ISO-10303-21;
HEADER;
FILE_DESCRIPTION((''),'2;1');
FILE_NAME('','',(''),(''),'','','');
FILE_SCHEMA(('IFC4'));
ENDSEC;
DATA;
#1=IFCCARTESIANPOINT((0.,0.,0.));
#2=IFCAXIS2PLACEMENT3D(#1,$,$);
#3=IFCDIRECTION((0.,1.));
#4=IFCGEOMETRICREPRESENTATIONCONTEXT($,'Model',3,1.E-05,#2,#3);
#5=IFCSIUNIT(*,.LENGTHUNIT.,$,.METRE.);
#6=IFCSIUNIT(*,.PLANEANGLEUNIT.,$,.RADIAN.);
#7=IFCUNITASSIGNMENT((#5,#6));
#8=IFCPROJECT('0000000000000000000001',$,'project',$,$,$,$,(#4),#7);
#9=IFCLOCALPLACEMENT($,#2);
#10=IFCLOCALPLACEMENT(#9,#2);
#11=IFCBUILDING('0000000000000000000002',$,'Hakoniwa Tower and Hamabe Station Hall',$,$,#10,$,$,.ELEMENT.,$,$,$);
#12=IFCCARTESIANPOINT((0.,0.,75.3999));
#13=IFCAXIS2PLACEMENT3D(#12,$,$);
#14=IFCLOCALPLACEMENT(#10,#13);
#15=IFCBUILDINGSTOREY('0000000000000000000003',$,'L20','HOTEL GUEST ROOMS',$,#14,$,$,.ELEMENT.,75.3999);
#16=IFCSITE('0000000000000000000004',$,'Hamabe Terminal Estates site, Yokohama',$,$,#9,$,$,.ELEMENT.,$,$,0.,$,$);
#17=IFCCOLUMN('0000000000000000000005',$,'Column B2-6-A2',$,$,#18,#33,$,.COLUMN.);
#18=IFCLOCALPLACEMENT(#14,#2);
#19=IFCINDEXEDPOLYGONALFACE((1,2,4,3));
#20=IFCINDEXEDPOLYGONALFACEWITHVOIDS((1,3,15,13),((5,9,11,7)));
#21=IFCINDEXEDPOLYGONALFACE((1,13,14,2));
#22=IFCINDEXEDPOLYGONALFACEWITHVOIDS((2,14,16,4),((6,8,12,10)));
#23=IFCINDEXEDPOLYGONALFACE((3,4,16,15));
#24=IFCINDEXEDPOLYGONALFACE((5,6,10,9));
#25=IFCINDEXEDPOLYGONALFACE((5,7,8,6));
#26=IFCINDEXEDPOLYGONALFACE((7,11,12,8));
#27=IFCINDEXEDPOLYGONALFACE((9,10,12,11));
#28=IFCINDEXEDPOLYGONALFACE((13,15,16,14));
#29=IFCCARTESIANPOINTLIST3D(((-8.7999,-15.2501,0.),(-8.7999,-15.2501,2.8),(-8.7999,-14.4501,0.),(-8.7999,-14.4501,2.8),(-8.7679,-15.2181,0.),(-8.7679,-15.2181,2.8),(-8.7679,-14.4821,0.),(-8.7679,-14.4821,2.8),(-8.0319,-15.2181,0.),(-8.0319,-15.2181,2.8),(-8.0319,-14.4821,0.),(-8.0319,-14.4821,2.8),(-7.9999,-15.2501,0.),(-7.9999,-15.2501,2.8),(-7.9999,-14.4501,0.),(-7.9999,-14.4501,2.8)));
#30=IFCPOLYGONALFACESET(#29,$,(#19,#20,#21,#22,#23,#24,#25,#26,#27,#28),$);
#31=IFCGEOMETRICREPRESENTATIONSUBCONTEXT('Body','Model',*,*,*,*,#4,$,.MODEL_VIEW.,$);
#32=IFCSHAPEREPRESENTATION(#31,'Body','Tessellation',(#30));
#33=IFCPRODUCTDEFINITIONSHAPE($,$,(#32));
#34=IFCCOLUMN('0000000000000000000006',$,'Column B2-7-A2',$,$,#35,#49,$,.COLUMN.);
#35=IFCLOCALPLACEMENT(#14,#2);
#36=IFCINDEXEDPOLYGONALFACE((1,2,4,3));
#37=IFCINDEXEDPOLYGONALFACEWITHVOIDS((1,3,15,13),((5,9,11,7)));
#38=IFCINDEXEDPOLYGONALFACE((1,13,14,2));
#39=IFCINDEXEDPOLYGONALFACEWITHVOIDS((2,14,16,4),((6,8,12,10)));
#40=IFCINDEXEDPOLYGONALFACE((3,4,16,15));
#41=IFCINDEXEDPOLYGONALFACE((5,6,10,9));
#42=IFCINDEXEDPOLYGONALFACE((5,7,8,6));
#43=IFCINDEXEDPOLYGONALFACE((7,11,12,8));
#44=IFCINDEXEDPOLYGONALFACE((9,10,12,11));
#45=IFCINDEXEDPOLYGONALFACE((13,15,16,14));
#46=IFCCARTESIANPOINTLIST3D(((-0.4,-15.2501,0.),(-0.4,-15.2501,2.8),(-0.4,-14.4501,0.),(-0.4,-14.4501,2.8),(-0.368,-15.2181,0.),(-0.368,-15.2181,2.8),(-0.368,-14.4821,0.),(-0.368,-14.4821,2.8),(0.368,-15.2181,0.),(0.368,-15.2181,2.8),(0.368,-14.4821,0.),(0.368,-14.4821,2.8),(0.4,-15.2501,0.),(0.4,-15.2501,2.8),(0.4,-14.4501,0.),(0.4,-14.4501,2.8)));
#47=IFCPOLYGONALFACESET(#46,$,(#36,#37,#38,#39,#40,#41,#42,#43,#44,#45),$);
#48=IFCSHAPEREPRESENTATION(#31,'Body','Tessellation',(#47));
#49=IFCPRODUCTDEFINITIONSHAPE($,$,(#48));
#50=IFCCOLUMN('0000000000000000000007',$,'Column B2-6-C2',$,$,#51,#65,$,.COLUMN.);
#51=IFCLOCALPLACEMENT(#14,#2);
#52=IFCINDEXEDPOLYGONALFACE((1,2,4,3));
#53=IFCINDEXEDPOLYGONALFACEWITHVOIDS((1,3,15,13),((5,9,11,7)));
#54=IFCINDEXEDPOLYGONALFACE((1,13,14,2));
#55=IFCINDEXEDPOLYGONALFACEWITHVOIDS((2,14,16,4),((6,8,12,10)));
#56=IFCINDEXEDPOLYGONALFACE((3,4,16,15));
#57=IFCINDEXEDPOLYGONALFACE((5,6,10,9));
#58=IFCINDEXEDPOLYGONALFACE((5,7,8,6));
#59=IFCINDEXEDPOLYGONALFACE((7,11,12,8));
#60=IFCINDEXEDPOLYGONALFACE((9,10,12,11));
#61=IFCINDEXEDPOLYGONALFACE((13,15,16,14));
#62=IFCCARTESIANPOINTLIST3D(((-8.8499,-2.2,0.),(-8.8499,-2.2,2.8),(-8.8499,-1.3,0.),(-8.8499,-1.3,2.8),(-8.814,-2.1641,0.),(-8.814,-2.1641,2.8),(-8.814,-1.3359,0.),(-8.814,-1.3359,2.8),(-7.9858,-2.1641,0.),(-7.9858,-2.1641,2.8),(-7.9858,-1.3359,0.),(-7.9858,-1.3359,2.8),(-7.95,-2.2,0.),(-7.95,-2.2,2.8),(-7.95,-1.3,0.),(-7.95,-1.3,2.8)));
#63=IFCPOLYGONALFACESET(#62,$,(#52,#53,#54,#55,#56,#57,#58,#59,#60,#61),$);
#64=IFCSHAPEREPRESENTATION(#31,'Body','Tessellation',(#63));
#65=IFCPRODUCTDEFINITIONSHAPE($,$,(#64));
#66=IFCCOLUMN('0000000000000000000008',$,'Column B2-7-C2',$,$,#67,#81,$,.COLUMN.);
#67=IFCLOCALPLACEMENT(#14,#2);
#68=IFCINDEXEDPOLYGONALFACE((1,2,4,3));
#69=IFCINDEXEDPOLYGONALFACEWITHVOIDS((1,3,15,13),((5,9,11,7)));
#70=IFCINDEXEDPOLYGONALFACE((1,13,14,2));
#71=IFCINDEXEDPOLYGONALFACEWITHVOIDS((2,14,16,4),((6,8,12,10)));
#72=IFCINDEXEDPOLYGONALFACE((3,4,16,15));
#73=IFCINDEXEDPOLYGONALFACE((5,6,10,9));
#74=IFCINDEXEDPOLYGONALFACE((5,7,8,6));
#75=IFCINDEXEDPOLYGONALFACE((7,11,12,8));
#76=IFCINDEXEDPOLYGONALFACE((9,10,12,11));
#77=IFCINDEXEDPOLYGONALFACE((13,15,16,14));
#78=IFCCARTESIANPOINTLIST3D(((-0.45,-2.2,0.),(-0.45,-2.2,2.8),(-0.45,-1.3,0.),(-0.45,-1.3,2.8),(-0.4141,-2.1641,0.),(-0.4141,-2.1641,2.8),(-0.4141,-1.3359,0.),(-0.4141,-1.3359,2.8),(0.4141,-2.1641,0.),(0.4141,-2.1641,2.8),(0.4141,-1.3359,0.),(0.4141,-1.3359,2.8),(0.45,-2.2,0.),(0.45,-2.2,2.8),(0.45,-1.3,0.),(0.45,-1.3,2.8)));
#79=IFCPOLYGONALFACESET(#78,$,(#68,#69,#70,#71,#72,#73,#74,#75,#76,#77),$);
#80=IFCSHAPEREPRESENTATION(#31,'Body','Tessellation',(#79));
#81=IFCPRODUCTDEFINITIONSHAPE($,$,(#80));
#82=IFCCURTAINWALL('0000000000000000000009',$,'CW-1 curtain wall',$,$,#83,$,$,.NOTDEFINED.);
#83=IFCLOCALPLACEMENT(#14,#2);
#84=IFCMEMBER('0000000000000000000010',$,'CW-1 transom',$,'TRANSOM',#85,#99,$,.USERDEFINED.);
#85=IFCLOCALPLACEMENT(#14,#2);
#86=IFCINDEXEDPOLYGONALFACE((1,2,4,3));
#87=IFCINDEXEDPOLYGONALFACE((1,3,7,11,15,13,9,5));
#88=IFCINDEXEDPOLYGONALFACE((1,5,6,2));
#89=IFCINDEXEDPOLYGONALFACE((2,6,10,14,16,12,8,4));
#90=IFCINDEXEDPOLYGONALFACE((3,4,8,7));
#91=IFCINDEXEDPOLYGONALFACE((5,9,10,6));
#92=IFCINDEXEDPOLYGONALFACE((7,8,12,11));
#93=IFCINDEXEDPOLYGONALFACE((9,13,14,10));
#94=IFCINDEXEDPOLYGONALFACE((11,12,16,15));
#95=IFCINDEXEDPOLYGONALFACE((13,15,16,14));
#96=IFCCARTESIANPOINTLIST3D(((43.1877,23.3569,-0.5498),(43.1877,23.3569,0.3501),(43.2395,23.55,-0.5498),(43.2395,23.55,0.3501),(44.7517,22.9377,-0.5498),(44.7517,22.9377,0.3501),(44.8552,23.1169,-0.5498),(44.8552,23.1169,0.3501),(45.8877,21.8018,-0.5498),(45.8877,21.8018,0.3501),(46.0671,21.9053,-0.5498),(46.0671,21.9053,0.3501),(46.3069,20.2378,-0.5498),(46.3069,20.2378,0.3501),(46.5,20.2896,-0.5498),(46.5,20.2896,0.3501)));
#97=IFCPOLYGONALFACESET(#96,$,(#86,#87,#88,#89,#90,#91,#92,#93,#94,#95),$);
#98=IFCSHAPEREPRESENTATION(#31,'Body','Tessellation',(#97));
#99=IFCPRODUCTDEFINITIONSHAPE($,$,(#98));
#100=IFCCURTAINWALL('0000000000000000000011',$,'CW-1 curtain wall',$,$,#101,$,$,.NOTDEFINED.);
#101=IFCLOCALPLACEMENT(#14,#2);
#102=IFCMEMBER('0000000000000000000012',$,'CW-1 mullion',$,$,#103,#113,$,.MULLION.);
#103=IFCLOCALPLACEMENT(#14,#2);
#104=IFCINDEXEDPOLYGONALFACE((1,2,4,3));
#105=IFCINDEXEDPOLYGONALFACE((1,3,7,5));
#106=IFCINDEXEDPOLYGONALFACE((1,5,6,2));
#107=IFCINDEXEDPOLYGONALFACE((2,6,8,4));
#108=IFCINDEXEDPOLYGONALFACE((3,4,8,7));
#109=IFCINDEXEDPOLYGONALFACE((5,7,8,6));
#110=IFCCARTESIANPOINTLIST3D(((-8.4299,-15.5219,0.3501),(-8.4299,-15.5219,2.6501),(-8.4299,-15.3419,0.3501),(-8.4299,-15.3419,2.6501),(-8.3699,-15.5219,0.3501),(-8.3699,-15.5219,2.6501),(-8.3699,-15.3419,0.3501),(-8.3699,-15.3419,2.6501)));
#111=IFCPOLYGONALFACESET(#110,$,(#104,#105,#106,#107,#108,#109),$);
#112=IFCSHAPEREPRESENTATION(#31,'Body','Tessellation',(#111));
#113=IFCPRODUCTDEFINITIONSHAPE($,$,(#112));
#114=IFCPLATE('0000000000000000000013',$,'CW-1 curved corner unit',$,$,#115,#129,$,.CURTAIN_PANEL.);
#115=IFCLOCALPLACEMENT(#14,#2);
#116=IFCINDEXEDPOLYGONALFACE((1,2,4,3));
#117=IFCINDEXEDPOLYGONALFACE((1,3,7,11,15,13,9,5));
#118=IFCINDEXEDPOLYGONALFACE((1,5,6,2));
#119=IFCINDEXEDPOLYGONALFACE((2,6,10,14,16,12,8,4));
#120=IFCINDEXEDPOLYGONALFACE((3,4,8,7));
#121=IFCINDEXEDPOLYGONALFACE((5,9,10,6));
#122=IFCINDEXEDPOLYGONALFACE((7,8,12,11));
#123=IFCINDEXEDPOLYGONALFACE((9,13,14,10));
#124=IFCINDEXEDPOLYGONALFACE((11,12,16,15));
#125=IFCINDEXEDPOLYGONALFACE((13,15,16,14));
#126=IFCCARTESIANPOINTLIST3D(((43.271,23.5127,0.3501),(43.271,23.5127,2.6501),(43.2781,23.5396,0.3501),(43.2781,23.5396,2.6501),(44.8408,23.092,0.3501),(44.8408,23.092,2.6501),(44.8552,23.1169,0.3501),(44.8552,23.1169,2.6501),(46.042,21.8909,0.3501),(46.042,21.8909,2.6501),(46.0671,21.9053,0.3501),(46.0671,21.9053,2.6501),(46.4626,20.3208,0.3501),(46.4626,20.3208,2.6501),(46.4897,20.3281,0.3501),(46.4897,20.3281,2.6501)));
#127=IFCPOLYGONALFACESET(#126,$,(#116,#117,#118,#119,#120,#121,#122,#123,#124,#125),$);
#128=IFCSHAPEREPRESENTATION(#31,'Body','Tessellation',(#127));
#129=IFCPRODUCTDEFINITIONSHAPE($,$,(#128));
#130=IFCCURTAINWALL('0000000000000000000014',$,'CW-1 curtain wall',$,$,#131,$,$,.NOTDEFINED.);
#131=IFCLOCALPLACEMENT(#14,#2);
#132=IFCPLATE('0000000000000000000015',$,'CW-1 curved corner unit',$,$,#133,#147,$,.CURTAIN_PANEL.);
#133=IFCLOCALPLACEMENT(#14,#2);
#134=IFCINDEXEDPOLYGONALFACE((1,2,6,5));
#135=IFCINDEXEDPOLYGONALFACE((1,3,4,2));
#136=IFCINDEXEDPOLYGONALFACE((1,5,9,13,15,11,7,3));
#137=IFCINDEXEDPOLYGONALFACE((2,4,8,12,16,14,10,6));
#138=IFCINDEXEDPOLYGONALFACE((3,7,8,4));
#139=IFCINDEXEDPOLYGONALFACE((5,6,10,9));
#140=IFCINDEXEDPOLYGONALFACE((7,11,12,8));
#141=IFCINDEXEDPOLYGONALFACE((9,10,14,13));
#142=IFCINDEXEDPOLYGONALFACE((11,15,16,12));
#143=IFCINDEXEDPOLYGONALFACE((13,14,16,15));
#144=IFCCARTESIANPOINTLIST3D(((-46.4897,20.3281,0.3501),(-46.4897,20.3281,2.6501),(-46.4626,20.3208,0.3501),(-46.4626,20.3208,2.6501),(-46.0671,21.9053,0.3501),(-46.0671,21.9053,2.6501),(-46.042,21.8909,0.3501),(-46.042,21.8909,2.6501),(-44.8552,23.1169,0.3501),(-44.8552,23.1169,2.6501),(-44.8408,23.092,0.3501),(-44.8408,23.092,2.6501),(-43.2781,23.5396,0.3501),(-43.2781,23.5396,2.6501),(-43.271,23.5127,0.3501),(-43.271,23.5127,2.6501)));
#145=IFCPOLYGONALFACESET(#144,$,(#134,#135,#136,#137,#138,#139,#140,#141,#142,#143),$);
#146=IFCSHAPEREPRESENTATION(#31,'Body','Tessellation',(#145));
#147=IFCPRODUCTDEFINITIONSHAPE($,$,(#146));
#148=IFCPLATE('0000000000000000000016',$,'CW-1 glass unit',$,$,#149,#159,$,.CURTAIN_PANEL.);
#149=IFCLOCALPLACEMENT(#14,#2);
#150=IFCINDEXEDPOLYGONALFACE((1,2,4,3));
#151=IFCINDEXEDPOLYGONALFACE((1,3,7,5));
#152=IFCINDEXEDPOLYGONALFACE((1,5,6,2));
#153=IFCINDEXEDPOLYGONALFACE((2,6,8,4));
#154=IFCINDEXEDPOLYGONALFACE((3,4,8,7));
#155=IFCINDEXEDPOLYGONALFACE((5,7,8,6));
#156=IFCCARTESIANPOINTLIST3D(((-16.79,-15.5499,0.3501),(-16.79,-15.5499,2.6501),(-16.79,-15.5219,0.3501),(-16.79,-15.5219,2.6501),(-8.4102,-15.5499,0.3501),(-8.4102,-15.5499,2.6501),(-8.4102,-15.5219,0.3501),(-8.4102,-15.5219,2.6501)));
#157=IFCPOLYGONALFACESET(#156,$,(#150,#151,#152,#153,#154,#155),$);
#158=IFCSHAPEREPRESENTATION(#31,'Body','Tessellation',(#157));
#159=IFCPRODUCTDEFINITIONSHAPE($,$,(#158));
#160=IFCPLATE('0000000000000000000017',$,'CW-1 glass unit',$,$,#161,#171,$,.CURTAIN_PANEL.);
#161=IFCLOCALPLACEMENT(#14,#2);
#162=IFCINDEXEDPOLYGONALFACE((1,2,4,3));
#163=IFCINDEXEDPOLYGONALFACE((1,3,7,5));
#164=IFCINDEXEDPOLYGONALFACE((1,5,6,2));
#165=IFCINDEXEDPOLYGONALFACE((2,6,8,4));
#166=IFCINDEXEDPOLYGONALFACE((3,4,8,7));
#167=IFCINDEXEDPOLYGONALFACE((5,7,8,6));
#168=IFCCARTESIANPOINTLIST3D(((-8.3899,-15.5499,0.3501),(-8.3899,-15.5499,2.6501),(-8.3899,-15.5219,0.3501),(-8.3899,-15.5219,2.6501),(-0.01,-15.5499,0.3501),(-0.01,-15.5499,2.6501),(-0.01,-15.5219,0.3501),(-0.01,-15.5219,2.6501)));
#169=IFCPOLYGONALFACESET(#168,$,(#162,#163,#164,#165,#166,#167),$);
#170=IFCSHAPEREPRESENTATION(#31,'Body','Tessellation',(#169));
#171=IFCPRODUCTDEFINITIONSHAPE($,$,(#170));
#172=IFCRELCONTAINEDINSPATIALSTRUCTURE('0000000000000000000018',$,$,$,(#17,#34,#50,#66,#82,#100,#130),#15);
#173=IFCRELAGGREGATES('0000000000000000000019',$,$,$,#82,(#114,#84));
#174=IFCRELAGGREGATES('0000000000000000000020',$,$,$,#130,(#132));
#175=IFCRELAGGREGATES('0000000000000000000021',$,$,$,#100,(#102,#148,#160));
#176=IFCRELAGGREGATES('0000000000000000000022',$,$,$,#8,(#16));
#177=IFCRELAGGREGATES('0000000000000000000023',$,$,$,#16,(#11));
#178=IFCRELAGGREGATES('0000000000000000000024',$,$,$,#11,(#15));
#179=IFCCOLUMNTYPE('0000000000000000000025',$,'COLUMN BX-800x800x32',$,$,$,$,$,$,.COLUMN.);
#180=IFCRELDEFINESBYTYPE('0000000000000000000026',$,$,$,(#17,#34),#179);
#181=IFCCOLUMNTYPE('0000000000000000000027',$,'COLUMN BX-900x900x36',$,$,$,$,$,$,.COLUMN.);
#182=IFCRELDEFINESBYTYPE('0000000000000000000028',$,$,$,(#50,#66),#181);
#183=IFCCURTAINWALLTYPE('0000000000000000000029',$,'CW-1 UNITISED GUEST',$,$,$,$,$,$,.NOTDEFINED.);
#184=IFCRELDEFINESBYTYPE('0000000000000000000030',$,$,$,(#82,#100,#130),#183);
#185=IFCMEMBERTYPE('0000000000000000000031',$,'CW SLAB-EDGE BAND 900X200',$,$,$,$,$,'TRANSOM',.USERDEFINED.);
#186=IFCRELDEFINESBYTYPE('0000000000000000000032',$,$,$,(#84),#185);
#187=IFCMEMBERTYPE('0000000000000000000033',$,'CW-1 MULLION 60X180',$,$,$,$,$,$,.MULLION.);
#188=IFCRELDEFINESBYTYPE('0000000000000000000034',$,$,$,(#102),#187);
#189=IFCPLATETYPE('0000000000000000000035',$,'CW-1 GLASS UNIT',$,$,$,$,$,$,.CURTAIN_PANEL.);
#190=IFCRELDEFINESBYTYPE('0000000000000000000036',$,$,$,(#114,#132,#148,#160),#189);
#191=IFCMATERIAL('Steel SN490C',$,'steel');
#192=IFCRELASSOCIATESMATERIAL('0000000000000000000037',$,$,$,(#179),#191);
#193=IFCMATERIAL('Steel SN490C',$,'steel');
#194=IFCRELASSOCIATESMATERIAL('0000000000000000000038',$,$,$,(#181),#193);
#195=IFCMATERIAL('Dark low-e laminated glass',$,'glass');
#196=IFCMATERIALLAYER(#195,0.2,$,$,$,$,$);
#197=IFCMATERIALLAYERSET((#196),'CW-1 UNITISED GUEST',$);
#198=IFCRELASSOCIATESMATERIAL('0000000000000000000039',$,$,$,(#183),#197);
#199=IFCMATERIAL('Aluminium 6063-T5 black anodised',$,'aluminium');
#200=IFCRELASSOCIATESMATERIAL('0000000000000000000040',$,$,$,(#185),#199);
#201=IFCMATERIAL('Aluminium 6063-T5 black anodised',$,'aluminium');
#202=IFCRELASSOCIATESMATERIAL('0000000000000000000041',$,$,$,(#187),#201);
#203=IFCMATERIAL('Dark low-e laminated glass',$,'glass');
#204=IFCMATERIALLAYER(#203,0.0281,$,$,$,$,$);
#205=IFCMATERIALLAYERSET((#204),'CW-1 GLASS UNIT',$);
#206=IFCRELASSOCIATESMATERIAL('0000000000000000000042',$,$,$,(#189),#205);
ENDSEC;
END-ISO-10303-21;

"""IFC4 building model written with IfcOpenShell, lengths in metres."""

from ifc_helpers import new_model, si_unit, direction, frame, origin, origin_2d, place, context, subcontext, project, spatial, polyline, rectangle, hollow_rectangle, outline, extrude, material, layer, layer_set, material_profile, profile_set, type_object, element, aggregate, save


model = new_model("IFC4")

# Units and contexts
model_context = context("Model", 3, precision=1e-05, world=origin(), true_north=direction((0.0, 1.0)))
body_context = subcontext(model_context, "Body", "Model", "MODEL_VIEW")
ifc_project = project(units=[si_unit("LENGTHUNIT", "METRE"), si_unit("PLANEANGLEUNIT", "RADIAN")], contexts=[model_context])

# Site, building, storey
site_placement = place(None, origin())
site = spatial("IfcSite", under=ifc_project, at=site_placement, Name="Hamabe Terminal Estates site, Yokohama", CompositionType="ELEMENT", RefElevation=0.0)
building_placement = place(site_placement, origin())
building = spatial("IfcBuilding", under=site, at=building_placement, Name="Hakoniwa Tower and Hamabe Station Hall", CompositionType="ELEMENT")
storey_placement = place(building_placement, frame((0.0, 0.0, 75.3999)))
storey = spatial("IfcBuildingStorey", under=building, at=storey_placement, Name="L20", Description="HOTEL GUEST ROOMS", CompositionType="ELEMENT", Elevation=75.3999)

# Columns
ifc_material_1 = material(Name="Steel SN490C", Category="steel")
ifc_material_profile_1 = material_profile(ifc_material_1, hollow_rectangle(XDim=0.8, YDim=0.8, WallThickness=0.032, at=origin_2d()), Name="BX-800x800x32")
ifc_profile_set_1 = profile_set([ifc_material_profile_1], Name="Steel SN490C")
column_type_1 = type_object("IfcColumnType", Name="COLUMN BX-800x800x32", PredefinedType="COLUMN", material=ifc_profile_set_1)
for number, where, z_axis, x_axis, name in (
    (1, (-8.3999, -14.8501, 0.0), (0.0, 0.0, 1.0), (1.0, 0.0, 0.0), "Column B2-6-A2"),
    (2, (0.0, -14.8501, 0.0), (0.0, 0.0, 1.0), (1.0, 0.0, 0.0), "Column B2-7-A2"),
):
    element("IfcColumn", number, at=place(storey_placement, frame(where, z_axis=z_axis, x_axis=x_axis)), inside=storey, type_object=column_type_1, Name=name, PredefinedType="COLUMN", context=body_context, shape_type="SweptSolid", body=[
        extrude(hollow_rectangle(XDim=0.8, YDim=0.8, WallThickness=0.032, at=origin_2d()), origin(), (0.0, 0.0, 1.0), 2.8),
    ])
ifc_material_2 = material(Name="Steel SN490C", Category="steel")
ifc_material_profile_2 = material_profile(ifc_material_2, hollow_rectangle(XDim=0.8999, YDim=0.8999, WallThickness=0.0359, at=origin_2d()), Name="BX-900x900x36")
ifc_profile_set_2 = profile_set([ifc_material_profile_2], Name="Steel SN490C")
column_type_2 = type_object("IfcColumnType", Name="COLUMN BX-900x900x36", PredefinedType="COLUMN", material=ifc_profile_set_2)
for number, where, z_axis, x_axis, name in (
    (3, (-8.3999, -1.75, 0.0), (0.0, 0.0, 1.0), (1.0, 0.0, 0.0), "Column B2-6-C2"),
    (4, (0.0, -1.75, 0.0), (0.0, 0.0, 1.0), (1.0, 0.0, 0.0), "Column B2-7-C2"),
):
    element("IfcColumn", number, at=place(storey_placement, frame(where, z_axis=z_axis, x_axis=x_axis)), inside=storey, type_object=column_type_2, Name=name, PredefinedType="COLUMN", context=body_context, shape_type="SweptSolid", body=[
        extrude(hollow_rectangle(XDim=0.8999, YDim=0.8999, WallThickness=0.0359, at=origin_2d()), origin(), (0.0, 0.0, 1.0), 2.8),
    ])

# Curtain walls, members
ifc_material_3 = material(Name="Dark low-e laminated glass", Category="glass")
ifc_layer_1 = layer(ifc_material_3, 0.2)
ifc_layer_set_1 = layer_set([ifc_layer_1], Name="CW-1 UNITISED GUEST")
curtain_wall_type = type_object("IfcCurtainWallType", Name="CW-1 UNITISED GUEST", PredefinedType="NOTDEFINED", material=ifc_layer_set_1)
curtain_wall_1_placement = place(storey_placement, origin())
curtain_wall_1 = element("IfcCurtainWall", 5, at=curtain_wall_1_placement, inside=storey, type_object=curtain_wall_type, Name="CW-1 curtain wall", PredefinedType="NOTDEFINED")
ifc_material_4 = material(Name="Aluminium 6063-T5 black anodised", Category="aluminium")
ifc_material_profile_3 = material_profile(ifc_material_4, rectangle(XDim=0.2, YDim=0.8999, at=origin_2d()), Name="CW SLAB-EDGE BAND 900X200")
ifc_profile_set_3 = profile_set([ifc_material_profile_3], Name="Aluminium 6063-T5 black anodised")
member_type_1 = type_object("IfcMemberType", Name="CW SLAB-EDGE BAND 900X200", ElementType="TRANSOM", PredefinedType="USERDEFINED", material=ifc_profile_set_3)
member_1_placement = place(storey_placement, frame((0.0, 0.0, -0.5498)))
member_1 = element("IfcMember", 6, at=member_1_placement, type_object=member_type_1, Name="CW-1 transom", ObjectType="TRANSOM", PredefinedType="USERDEFINED", context=body_context, shape_type="SweptSolid", body=[
    extrude(outline(polyline([(46.5, 20.2896), (46.0671, 21.9053), (44.8552, 23.1169), (43.2395, 23.55), (43.1877, 23.3569), (44.7517, 22.9377), (45.8877, 21.8018), (46.3069, 20.2378), (46.5, 20.2896)])), origin(), (0.0, 0.0, 1.0), 0.8999),
])
curtain_wall_2_placement = place(storey_placement, origin())
curtain_wall_2 = element("IfcCurtainWall", 7, at=curtain_wall_2_placement, inside=storey, type_object=curtain_wall_type, Name="CW-1 curtain wall", PredefinedType="NOTDEFINED")
ifc_material_5 = material(Name="Aluminium 6063-T5 black anodised", Category="aluminium")
ifc_material_profile_4 = material_profile(ifc_material_5, rectangle(XDim=0.0601, YDim=0.1799, at=origin_2d()), Name="CW-1 MULLION 60X180")
ifc_profile_set_4 = profile_set([ifc_material_profile_4], Name="Aluminium 6063-T5 black anodised")
member_type_2 = type_object("IfcMemberType", Name="CW-1 MULLION 60X180", PredefinedType="MULLION", material=ifc_profile_set_4)
member_2_placement = place(storey_placement, frame((-8.3999, -15.4319, 0.3501), z_axis=(0.0, 0.0, 1.0), x_axis=(1.0, 0.0, 0.0)))
member_2 = element("IfcMember", 8, at=member_2_placement, type_object=member_type_2, Name="CW-1 mullion", PredefinedType="MULLION", context=body_context, shape_type="SweptSolid", body=[
    extrude(rectangle(XDim=0.0601, YDim=0.1799, at=origin_2d()), origin(), (0.0, 0.0, 1.0), 2.3),
])

# Plate
ifc_material_6 = material(Name="Dark low-e laminated glass", Category="glass")
ifc_layer_2 = layer(ifc_material_6, 0.0281)
ifc_layer_set_2 = layer_set([ifc_layer_2], Name="CW-1 GLASS UNIT")
plate_type = type_object("IfcPlateType", Name="CW-1 GLASS UNIT", PredefinedType="CURTAIN_PANEL", material=ifc_layer_set_2)
plate_1_placement = place(storey_placement, frame((0.0, 0.0, 0.3501)))
plate_1 = element("IfcPlate", 9, at=plate_1_placement, type_object=plate_type, Name="CW-1 curved corner unit", PredefinedType="CURTAIN_PANEL", context=body_context, shape_type="SweptSolid", body=[
    extrude(outline(polyline([(46.4897, 20.3281), (46.0671, 21.9053), (44.8552, 23.1169), (43.2781, 23.5396), (43.271, 23.5127), (44.8408, 23.092), (46.042, 21.8909), (46.4626, 20.3208), (46.4897, 20.3281)])), origin(), (0.0, 0.0, 1.0), 2.3),
])
aggregate(curtain_wall_1, [plate_1, member_1])

# Curtain wall, plate
curtain_wall_3_placement = place(storey_placement, origin())
curtain_wall_3 = element("IfcCurtainWall", 10, at=curtain_wall_3_placement, inside=storey, type_object=curtain_wall_type, Name="CW-1 curtain wall", PredefinedType="NOTDEFINED")
plate_2_placement = place(storey_placement, frame((0.0, 0.0, 0.3501)))
plate_2 = element("IfcPlate", 11, at=plate_2_placement, type_object=plate_type, Name="CW-1 curved corner unit", PredefinedType="CURTAIN_PANEL", context=body_context, shape_type="SweptSolid", body=[
    extrude(outline(polyline([(-43.2781, 23.5396), (-44.8552, 23.1169), (-46.0671, 21.9053), (-46.4897, 20.3281), (-46.4626, 20.3208), (-46.042, 21.8909), (-44.8408, 23.092), (-43.271, 23.5127), (-43.2781, 23.5396)])), origin(), (0.0, 0.0, 1.0), 2.3),
])
aggregate(curtain_wall_3, [plate_2])

# Plates
plate_3_placement = place(storey_placement, frame((-12.6001, -15.5359, 0.3501), z_axis=(0.0, 0.0, 1.0), x_axis=(1.0, 0.0, 0.0)))
plate_3 = element("IfcPlate", 12, at=plate_3_placement, type_object=plate_type, Name="CW-1 glass unit", PredefinedType="CURTAIN_PANEL", context=body_context, shape_type="SweptSolid", body=[
    extrude(rectangle(XDim=8.3799, YDim=0.0281, at=origin_2d()), origin(), (0.0, 0.0, 1.0), 2.3),
])
plate_4_placement = place(storey_placement, frame((-4.2, -15.5359, 0.3501), z_axis=(0.0, 0.0, 1.0), x_axis=(1.0, 0.0, 0.0)))
plate_4 = element("IfcPlate", 13, at=plate_4_placement, type_object=plate_type, Name="CW-1 glass unit", PredefinedType="CURTAIN_PANEL", context=body_context, shape_type="SweptSolid", body=[
    extrude(rectangle(XDim=8.3799, YDim=0.0281, at=origin_2d()), origin(), (0.0, 0.0, 1.0), 2.3),
])
aggregate(curtain_wall_2, [member_2, plate_3, plate_4])

save(model, "model.ifc")
